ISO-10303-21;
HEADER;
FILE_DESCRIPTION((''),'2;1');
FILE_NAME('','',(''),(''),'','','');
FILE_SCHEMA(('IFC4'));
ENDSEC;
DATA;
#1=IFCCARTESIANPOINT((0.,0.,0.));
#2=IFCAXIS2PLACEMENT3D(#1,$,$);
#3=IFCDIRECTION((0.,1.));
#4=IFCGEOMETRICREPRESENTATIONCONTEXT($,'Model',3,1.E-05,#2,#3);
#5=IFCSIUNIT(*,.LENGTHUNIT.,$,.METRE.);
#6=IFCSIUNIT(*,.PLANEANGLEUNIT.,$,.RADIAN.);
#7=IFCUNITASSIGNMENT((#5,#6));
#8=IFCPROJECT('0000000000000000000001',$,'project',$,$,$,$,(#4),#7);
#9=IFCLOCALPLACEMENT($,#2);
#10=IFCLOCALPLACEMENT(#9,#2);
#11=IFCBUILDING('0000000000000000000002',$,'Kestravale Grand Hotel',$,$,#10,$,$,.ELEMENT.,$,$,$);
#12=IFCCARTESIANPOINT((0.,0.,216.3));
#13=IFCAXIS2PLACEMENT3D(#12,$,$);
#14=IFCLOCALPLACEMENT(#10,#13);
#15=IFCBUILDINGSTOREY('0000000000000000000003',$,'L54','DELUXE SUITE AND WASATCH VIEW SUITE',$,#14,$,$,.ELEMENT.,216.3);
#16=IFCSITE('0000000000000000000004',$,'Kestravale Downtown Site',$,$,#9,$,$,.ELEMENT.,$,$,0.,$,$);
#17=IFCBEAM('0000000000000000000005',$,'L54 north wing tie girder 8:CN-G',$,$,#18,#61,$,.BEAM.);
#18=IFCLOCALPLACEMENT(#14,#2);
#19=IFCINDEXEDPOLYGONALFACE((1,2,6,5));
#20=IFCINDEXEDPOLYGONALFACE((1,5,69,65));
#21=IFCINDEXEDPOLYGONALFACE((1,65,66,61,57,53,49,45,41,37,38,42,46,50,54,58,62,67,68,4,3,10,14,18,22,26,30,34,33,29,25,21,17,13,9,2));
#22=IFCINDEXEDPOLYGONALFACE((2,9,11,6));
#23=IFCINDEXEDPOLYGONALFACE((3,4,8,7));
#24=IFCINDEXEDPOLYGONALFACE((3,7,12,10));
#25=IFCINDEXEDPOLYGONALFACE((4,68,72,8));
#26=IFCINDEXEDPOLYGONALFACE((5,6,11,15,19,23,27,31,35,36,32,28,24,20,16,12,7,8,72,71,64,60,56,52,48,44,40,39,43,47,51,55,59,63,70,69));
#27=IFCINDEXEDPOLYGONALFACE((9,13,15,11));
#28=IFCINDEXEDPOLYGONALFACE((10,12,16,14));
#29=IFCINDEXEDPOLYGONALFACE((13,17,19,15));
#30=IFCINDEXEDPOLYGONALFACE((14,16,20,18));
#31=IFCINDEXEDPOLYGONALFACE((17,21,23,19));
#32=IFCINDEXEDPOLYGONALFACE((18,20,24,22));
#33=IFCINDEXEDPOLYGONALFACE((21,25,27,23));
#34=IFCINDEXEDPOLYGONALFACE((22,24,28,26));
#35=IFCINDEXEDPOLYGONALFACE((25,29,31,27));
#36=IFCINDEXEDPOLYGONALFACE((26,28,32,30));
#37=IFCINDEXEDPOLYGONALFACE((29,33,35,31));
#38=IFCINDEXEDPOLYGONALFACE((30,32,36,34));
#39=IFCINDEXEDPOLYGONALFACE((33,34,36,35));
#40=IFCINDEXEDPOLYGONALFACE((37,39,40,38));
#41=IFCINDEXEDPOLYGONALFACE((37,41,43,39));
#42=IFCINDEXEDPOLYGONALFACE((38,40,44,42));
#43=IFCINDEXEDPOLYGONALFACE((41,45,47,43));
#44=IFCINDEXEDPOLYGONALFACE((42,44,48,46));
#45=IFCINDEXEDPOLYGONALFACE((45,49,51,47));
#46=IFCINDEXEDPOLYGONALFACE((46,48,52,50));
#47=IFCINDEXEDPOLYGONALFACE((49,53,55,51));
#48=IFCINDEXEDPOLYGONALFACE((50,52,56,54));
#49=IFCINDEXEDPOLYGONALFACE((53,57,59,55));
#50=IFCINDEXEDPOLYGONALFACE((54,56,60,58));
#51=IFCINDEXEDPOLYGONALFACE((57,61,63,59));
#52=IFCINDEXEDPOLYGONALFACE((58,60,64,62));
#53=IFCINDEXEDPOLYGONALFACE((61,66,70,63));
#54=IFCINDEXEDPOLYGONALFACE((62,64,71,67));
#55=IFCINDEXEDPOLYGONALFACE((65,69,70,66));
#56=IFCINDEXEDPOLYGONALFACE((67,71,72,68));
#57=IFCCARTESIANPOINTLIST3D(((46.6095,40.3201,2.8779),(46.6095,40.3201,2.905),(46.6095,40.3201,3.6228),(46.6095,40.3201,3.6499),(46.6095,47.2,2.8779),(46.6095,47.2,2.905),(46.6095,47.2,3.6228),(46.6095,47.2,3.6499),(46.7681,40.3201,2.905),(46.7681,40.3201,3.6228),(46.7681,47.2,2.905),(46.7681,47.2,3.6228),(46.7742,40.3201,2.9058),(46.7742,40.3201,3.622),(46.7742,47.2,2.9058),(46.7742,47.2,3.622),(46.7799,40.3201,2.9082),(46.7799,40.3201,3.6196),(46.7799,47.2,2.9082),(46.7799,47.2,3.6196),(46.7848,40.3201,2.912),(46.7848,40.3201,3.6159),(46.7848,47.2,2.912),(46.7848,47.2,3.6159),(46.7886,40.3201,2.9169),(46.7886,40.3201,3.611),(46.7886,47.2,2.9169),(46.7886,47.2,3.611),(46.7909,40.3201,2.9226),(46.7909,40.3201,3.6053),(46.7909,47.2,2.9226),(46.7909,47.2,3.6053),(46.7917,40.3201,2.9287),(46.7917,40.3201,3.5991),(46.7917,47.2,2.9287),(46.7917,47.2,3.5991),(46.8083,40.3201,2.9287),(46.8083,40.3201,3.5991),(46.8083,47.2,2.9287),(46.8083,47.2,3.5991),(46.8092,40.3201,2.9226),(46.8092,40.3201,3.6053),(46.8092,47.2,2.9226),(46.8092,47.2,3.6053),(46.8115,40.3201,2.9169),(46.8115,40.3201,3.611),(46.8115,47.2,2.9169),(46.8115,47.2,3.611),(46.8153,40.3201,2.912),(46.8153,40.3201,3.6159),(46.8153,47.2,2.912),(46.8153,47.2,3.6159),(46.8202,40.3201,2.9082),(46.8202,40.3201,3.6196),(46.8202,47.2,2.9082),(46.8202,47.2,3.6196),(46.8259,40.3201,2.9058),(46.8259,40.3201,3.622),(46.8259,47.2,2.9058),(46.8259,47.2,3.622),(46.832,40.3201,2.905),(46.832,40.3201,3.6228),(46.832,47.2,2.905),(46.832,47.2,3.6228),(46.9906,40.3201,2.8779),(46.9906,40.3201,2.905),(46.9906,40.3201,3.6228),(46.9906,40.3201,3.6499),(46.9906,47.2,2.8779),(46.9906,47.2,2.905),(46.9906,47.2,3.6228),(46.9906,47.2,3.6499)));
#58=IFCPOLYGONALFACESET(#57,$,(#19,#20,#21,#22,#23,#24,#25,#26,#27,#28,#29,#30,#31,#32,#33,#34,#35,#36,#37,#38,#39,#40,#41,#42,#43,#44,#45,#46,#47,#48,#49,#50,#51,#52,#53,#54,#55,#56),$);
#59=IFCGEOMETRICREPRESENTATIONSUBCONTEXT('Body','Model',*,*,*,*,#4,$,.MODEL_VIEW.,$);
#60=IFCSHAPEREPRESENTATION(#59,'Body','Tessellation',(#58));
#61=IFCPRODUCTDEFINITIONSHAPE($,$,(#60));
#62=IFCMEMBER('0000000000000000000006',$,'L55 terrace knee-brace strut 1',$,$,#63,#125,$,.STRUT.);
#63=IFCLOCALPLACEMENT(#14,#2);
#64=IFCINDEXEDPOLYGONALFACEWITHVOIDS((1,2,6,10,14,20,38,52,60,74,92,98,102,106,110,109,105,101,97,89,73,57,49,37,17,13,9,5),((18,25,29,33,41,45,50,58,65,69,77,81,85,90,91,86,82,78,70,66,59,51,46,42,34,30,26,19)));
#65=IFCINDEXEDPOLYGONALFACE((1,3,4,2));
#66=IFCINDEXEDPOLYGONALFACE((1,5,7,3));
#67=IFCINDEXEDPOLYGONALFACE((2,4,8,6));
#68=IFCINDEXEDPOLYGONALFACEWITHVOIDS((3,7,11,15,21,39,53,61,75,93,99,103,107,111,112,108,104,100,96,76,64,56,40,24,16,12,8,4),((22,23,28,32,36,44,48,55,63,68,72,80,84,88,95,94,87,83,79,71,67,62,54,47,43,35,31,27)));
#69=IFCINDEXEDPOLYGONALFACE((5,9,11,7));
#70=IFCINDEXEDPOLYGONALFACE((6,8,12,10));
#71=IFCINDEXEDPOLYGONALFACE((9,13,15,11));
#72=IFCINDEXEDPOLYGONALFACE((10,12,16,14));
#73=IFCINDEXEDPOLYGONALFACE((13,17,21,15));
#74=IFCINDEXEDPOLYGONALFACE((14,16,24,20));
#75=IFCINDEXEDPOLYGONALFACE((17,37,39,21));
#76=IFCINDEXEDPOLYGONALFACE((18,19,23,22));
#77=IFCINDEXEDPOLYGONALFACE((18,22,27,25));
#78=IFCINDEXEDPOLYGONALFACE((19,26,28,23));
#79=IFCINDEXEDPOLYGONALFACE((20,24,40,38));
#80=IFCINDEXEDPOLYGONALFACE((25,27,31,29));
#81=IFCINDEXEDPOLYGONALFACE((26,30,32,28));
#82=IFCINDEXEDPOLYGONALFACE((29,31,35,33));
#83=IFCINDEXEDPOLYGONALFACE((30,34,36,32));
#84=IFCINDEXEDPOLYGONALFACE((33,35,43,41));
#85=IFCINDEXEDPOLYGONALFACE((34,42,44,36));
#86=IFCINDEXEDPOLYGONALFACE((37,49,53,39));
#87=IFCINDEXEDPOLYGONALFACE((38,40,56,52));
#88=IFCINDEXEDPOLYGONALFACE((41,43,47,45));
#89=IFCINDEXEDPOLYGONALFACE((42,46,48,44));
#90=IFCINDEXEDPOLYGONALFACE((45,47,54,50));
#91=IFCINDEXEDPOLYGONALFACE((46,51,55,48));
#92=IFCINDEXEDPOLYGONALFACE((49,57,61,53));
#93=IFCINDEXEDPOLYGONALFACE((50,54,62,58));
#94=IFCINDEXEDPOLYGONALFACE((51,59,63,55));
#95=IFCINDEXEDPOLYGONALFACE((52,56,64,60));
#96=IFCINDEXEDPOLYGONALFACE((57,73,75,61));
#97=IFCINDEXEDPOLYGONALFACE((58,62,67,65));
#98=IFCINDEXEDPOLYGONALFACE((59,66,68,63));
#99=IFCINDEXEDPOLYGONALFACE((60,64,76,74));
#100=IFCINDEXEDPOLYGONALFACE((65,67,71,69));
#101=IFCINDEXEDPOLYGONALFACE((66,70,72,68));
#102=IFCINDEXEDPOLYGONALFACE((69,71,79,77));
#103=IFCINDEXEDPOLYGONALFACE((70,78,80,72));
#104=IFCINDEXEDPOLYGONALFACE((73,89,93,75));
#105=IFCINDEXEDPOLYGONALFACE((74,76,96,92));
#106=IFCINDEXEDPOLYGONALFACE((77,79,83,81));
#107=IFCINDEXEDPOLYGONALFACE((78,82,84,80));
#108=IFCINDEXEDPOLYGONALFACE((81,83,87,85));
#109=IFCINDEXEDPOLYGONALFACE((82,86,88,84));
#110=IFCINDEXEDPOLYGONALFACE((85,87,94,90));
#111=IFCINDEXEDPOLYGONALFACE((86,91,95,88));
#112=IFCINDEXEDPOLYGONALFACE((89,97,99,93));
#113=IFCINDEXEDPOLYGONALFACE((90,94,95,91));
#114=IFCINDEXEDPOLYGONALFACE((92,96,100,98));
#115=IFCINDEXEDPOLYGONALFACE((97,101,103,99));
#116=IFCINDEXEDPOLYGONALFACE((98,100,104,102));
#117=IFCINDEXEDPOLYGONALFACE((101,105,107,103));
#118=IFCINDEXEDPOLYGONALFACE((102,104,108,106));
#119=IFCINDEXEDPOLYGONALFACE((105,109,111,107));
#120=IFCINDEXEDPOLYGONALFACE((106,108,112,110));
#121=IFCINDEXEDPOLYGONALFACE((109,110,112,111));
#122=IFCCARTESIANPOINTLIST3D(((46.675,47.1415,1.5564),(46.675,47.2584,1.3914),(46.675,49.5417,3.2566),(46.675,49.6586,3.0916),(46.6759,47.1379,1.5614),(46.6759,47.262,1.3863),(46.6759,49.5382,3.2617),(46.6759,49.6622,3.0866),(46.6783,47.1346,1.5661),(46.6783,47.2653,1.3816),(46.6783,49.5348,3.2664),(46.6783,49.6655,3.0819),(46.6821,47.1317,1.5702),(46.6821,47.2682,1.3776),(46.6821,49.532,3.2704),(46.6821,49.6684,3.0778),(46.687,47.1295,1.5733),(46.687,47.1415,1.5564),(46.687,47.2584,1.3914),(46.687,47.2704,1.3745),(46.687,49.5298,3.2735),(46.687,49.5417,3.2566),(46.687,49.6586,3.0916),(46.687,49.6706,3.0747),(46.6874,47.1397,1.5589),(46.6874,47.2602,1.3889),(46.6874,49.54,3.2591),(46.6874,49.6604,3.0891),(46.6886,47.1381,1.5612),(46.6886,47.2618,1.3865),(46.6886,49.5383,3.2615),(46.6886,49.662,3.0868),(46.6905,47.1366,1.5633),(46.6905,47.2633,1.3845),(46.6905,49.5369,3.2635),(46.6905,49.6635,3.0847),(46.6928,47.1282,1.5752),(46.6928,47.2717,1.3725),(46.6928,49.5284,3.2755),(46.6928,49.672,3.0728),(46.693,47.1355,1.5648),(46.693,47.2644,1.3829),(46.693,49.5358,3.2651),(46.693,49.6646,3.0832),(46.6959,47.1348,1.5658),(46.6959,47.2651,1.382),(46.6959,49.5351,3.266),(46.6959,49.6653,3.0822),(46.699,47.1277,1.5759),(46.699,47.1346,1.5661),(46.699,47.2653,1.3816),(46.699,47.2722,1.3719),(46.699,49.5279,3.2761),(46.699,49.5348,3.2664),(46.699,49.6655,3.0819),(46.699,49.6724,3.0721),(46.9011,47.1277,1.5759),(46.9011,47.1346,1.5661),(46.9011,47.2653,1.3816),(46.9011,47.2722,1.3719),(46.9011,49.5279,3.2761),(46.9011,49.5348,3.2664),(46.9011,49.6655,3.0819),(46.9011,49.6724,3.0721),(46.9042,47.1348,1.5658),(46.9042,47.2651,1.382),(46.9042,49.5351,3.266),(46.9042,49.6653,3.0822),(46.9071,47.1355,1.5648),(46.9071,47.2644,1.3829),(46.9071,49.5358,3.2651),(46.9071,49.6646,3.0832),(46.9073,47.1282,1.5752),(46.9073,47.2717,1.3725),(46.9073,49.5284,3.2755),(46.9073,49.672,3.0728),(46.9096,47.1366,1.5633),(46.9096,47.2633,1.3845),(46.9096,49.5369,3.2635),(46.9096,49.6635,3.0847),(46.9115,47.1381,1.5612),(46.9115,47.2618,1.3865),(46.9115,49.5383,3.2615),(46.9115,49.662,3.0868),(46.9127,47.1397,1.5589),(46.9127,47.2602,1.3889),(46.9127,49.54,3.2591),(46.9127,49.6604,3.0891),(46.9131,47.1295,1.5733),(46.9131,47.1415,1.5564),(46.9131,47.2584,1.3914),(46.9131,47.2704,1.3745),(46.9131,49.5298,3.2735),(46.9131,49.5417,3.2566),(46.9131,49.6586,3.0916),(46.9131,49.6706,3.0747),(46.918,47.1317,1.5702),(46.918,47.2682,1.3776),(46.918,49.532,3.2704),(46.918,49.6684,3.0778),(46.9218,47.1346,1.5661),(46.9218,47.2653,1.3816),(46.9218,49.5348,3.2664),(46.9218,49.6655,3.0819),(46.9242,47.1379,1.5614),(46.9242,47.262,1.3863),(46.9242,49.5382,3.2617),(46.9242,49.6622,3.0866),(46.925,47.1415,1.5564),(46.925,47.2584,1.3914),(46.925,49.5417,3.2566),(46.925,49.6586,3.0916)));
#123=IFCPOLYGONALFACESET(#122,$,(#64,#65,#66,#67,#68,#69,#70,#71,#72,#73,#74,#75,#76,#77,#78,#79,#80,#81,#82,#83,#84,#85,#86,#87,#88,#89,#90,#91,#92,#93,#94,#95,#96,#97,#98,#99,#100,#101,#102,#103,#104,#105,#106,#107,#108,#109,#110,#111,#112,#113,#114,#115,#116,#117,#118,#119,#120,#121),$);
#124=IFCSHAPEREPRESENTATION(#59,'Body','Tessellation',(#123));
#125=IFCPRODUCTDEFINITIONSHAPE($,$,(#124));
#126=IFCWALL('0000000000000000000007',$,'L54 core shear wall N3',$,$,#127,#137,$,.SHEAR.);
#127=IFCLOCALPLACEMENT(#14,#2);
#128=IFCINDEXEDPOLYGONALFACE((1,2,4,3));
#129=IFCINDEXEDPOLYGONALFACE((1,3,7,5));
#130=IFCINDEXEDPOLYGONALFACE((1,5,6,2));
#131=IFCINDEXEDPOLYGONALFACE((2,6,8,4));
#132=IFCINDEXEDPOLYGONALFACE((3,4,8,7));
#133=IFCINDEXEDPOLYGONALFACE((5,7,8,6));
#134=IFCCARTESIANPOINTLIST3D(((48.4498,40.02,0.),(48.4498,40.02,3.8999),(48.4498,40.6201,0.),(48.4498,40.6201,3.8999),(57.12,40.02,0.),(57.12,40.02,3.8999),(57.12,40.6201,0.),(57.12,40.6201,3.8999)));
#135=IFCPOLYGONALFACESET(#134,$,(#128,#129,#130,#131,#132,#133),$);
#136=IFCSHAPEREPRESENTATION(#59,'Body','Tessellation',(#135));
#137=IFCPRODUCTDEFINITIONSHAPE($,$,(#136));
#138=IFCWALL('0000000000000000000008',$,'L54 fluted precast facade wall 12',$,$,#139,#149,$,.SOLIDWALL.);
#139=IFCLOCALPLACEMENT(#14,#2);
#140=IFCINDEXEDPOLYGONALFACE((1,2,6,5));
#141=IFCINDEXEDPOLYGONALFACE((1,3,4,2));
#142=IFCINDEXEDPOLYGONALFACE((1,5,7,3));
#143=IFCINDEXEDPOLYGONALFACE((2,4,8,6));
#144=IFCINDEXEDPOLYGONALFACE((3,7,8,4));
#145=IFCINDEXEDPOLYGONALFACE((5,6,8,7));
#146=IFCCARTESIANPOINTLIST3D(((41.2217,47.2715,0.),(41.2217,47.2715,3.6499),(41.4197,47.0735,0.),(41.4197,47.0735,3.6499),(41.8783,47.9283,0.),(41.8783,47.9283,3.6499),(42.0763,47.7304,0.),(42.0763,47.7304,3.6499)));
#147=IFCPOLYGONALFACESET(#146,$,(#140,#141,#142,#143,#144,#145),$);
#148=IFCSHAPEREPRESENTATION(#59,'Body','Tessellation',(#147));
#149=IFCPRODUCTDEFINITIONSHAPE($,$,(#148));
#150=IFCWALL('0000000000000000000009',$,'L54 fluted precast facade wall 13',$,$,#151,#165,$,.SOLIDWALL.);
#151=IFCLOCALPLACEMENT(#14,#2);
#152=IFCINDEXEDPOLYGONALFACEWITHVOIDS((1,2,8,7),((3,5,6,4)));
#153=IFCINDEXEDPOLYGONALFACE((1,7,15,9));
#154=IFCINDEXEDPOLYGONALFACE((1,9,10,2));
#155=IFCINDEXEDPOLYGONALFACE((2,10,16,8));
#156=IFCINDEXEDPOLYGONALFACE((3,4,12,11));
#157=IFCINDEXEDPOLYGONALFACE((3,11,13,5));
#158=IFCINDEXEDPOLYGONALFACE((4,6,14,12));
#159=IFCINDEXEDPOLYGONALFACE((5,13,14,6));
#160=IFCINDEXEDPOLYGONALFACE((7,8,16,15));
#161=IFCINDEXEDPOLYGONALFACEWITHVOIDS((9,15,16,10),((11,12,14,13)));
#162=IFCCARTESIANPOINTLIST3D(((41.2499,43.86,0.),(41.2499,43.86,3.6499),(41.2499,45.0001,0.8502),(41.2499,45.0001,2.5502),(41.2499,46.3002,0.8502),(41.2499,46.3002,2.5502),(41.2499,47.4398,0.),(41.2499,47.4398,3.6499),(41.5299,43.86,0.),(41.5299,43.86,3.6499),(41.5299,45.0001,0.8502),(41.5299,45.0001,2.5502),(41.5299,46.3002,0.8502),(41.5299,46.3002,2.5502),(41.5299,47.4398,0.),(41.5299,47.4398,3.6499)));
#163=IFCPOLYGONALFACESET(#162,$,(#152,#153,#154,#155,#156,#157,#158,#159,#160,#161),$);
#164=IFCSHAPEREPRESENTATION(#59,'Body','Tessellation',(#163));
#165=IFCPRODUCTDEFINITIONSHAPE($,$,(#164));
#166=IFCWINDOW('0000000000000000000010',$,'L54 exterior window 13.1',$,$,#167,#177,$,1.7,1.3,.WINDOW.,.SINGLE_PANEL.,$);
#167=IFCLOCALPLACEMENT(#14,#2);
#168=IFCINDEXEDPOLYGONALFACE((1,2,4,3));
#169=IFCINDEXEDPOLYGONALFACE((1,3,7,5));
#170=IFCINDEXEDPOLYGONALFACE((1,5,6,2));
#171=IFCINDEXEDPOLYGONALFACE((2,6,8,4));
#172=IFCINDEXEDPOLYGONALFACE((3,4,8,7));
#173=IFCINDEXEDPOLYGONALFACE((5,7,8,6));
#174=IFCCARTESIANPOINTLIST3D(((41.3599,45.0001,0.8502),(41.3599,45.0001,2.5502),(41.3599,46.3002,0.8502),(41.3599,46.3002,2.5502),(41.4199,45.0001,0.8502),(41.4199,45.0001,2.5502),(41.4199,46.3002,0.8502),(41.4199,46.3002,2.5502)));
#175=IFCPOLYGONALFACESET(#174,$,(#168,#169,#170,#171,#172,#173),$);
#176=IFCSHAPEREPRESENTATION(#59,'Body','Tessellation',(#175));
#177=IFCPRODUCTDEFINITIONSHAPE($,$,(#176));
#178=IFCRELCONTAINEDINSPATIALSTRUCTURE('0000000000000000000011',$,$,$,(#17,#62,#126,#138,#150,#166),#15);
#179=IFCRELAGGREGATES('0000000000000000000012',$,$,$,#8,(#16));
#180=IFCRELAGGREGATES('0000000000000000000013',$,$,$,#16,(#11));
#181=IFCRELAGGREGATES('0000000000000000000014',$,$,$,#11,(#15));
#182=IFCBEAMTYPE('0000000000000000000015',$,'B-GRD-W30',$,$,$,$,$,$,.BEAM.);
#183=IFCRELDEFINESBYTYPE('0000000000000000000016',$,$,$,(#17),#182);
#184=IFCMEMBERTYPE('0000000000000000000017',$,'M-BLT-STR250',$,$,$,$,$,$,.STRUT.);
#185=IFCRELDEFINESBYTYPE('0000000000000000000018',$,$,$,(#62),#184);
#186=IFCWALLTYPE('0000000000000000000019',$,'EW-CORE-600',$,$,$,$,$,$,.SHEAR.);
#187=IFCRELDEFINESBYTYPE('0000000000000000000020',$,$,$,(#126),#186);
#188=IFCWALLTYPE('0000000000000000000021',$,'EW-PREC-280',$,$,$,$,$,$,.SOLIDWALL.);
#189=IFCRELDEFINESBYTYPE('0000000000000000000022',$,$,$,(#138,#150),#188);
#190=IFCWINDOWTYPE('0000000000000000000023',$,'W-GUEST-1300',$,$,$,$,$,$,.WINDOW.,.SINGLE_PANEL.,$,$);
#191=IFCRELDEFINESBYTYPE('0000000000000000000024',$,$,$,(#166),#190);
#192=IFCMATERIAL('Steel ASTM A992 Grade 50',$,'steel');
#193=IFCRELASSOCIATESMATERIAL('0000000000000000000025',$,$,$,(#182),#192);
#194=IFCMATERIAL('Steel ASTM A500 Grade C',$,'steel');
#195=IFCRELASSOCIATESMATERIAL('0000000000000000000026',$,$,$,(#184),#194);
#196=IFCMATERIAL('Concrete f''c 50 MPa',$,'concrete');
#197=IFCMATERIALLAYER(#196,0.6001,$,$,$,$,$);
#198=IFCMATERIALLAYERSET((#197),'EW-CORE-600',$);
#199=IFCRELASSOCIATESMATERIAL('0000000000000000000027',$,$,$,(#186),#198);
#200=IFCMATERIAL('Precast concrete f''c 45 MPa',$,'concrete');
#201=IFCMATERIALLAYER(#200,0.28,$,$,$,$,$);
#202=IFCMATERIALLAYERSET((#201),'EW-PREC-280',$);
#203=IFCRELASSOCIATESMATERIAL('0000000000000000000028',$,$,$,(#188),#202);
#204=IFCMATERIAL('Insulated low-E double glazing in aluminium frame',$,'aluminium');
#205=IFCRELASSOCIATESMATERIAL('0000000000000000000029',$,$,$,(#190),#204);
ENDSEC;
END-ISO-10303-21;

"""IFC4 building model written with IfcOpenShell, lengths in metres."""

from ifc_helpers import new_model, si_unit, direction, frame, frame_2d, origin, origin_2d, place, context, subcontext, project, spatial, rectangle, hollow_rectangle, i_section, extrude, material, layer, layer_set, material_profile, profile_set, type_object, element, fill, save


model = new_model("IFC4")

# Units and contexts
model_context = context("Model", 3, precision=1e-05, world=origin(), true_north=direction((0.0, 1.0)))
body_context = subcontext(model_context, "Body", "Model", "MODEL_VIEW")
ifc_project = project(units=[si_unit("LENGTHUNIT", "METRE"), si_unit("PLANEANGLEUNIT", "RADIAN")], contexts=[model_context])

# Site, building, storey
site_placement = place(None, origin())
site = spatial("IfcSite", under=ifc_project, at=site_placement, Name="Kestravale Downtown Site", CompositionType="ELEMENT", RefElevation=0.0)
building_placement = place(site_placement, origin())
building = spatial("IfcBuilding", under=site, at=building_placement, Name="Kestravale Grand Hotel", CompositionType="ELEMENT")
storey_placement = place(building_placement, frame((0.0, 0.0, 216.3)))
storey = spatial("IfcBuildingStorey", under=building, at=storey_placement, Name="L54", Description="DELUXE SUITE AND WASATCH VIEW SUITE", CompositionType="ELEMENT", Elevation=216.3)

# Beam
ifc_material_1 = material(Name="Steel ASTM A992 Grade 50", Category="steel")
ifc_material_profile_1 = material_profile(ifc_material_1, i_section(OverallWidth=0.3811, OverallDepth=0.772, WebThickness=0.0166, FlangeThickness=0.0271, FilletRadius=0.0237, at=origin_2d()))
ifc_profile_set_1 = profile_set([ifc_material_profile_1], Name="Steel ASTM A992 Grade 50")
beam_type_1 = type_object("IfcBeamType", Name="B-GRD-W30", PredefinedType="BEAM", material=ifc_profile_set_1)
beam_1_placement = place(storey_placement, frame((46.8, 40.3201, 3.2639), z_axis=(0.0, 1.0, 0.0), x_axis=(-1.0, 0.0, 0.0)))
element("IfcBeam", 1, at=beam_1_placement, inside=storey, type_object=beam_type_1, Name="L54 north wing tie girder 8:CN-G", PredefinedType="BEAM", context=body_context, shape_type="SweptSolid", body=[
    extrude(i_section(OverallWidth=0.3811, OverallDepth=0.772, WebThickness=0.0166, FlangeThickness=0.0271, FilletRadius=0.0237, at=origin_2d()), origin(), (0.0, 0.0, 1.0), 6.8799),
])

# Member
ifc_material_2 = material(Name="Steel ASTM A500 Grade C", Category="steel")
ifc_material_profile_2 = material_profile(ifc_material_2, hollow_rectangle(XDim=0.25, YDim=0.25, WallThickness=0.012, InnerFilletRadius=0.012, OuterFilletRadius=0.0239, at=origin_2d()))
ifc_profile_set_2 = profile_set([ifc_material_profile_2], Name="Steel ASTM A500 Grade C")
member_type = type_object("IfcMemberType", Name="M-BLT-STR250", PredefinedType="STRUT", material=ifc_profile_set_2)
member_placement = place(storey_placement, frame((46.8, 47.2, 1.4739), z_axis=(0.0, 0.81601, 0.578038), x_axis=(-1.0, 0.0, 0.0)))
element("IfcMember", 2, at=member_placement, inside=storey, type_object=member_type, Name="L55 terrace knee-brace strut 1", PredefinedType="STRUT", context=body_context, shape_type="SweptSolid", body=[
    extrude(hollow_rectangle(XDim=0.25, YDim=0.25, WallThickness=0.012, InnerFilletRadius=0.012, OuterFilletRadius=0.0239, at=origin_2d()), origin(), (0.0, 0.0, 1.0), 2.9414),
])

# Walls
ifc_material_3 = material(Name="Concrete f'c 50 MPa", Category="concrete")
ifc_layer_1 = layer(ifc_material_3, 0.6001)
ifc_layer_set_1 = layer_set([ifc_layer_1], Name="EW-CORE-600")
wall_type_1 = type_object("IfcWallType", Name="EW-CORE-600", PredefinedType="SHEAR", material=ifc_layer_set_1)
wall_1_placement = place(storey_placement, frame((48.45, 40.3201, 0.0), z_axis=(0.0, 0.0, 1.0), x_axis=(1.0, 0.0, 0.0)))
element("IfcWall", 3, at=wall_1_placement, inside=storey, type_object=wall_type_1, Name="L54 core shear wall N3", PredefinedType="SHEAR", context=body_context, shape_type="SweptSolid", body=[
    extrude(rectangle(XDim=8.6702, YDim=0.6001, at=frame_2d((4.335, 0.0))), origin(), (0.0, 0.0, 1.0), 3.8999),
])
ifc_material_4 = material(Name="Precast concrete f'c 45 MPa", Category="concrete")
ifc_layer_2 = layer(ifc_material_4, 0.28)
ifc_layer_set_2 = layer_set([ifc_layer_2], Name="EW-PREC-280")
wall_type_2 = type_object("IfcWallType", Name="EW-PREC-280", PredefinedType="SOLIDWALL", material=ifc_layer_set_2)
wall_2_placement = place(storey_placement, frame((41.9773, 47.8293, 0.0), z_axis=(0.0, 0.0, 1.0), x_axis=(-0.706975, -0.707238, 0.0)))
element("IfcWall", 4, at=wall_2_placement, inside=storey, type_object=wall_type_2, Name="L54 fluted precast facade wall 12", PredefinedType="SOLIDWALL", context=body_context, shape_type="SweptSolid", body=[
    extrude(rectangle(XDim=0.9287, YDim=0.28, at=frame_2d((0.4644, 0.0))), origin(), (0.0, 0.0, 1.0), 3.6499),
])

# Wall, opening, window
wall_3_placement = place(storey_placement, frame((41.3899, 47.4399, 0.0), z_axis=(0.0, 0.0, 1.0), x_axis=(0.0, -1.0, 0.0)))
wall_3 = element("IfcWall", 5, at=wall_3_placement, inside=storey, type_object=wall_type_2, Name="L54 fluted precast facade wall 13", PredefinedType="SOLIDWALL", context=body_context, shape_type="SweptSolid", body=[
    extrude(rectangle(XDim=3.5798, YDim=0.28, at=frame_2d((1.79, 0.0))), origin(), (0.0, 0.0, 1.0), 3.6499),
])
opening_1_placement = place(wall_3_placement, frame((1.1399, 0.0, 0.8501)))
opening_1 = element("IfcOpeningElement", 6, at=opening_1_placement, cuts=wall_3, PredefinedType="OPENING", context=body_context, shape_type="SweptSolid", body=[
    extrude(rectangle(XDim=1.3, YDim=1.7, at=frame_2d((0.6499, 0.8501))), frame((0.0, 0.1499, 0.0), z_axis=(0.0, -1.0, 0.0), x_axis=(1.0, 0.0, 0.0)), (0.0, 0.0, 1.0), 0.3),
])
ifc_material_5 = material(Name="Insulated low-E double glazing in aluminium frame", Category="aluminium")
window_type = type_object("IfcWindowType", Name="W-GUEST-1300", PartitioningType="SINGLE_PANEL", PredefinedType="WINDOW", material=ifc_material_5)
window_1_placement = place(opening_1_placement, origin())
window_1 = element("IfcWindow", 7, at=window_1_placement, inside=storey, type_object=window_type, Name="L54 exterior window 13.1", OverallHeight=1.7, OverallWidth=1.3, PartitioningType="SINGLE_PANEL", PredefinedType="WINDOW", context=body_context, shape_type="SweptSolid", body=[
    extrude(rectangle(XDim=1.3, YDim=1.7, at=frame_2d((0.6499, 0.8501))), frame((0.0, 0.03, 0.0), z_axis=(0.0, -1.0, 0.0), x_axis=(1.0, 0.0, 0.0)), (0.0, 0.0, 1.0), 0.0601),
])
fill(opening_1, window_1)

save(model, "model.ifc")
